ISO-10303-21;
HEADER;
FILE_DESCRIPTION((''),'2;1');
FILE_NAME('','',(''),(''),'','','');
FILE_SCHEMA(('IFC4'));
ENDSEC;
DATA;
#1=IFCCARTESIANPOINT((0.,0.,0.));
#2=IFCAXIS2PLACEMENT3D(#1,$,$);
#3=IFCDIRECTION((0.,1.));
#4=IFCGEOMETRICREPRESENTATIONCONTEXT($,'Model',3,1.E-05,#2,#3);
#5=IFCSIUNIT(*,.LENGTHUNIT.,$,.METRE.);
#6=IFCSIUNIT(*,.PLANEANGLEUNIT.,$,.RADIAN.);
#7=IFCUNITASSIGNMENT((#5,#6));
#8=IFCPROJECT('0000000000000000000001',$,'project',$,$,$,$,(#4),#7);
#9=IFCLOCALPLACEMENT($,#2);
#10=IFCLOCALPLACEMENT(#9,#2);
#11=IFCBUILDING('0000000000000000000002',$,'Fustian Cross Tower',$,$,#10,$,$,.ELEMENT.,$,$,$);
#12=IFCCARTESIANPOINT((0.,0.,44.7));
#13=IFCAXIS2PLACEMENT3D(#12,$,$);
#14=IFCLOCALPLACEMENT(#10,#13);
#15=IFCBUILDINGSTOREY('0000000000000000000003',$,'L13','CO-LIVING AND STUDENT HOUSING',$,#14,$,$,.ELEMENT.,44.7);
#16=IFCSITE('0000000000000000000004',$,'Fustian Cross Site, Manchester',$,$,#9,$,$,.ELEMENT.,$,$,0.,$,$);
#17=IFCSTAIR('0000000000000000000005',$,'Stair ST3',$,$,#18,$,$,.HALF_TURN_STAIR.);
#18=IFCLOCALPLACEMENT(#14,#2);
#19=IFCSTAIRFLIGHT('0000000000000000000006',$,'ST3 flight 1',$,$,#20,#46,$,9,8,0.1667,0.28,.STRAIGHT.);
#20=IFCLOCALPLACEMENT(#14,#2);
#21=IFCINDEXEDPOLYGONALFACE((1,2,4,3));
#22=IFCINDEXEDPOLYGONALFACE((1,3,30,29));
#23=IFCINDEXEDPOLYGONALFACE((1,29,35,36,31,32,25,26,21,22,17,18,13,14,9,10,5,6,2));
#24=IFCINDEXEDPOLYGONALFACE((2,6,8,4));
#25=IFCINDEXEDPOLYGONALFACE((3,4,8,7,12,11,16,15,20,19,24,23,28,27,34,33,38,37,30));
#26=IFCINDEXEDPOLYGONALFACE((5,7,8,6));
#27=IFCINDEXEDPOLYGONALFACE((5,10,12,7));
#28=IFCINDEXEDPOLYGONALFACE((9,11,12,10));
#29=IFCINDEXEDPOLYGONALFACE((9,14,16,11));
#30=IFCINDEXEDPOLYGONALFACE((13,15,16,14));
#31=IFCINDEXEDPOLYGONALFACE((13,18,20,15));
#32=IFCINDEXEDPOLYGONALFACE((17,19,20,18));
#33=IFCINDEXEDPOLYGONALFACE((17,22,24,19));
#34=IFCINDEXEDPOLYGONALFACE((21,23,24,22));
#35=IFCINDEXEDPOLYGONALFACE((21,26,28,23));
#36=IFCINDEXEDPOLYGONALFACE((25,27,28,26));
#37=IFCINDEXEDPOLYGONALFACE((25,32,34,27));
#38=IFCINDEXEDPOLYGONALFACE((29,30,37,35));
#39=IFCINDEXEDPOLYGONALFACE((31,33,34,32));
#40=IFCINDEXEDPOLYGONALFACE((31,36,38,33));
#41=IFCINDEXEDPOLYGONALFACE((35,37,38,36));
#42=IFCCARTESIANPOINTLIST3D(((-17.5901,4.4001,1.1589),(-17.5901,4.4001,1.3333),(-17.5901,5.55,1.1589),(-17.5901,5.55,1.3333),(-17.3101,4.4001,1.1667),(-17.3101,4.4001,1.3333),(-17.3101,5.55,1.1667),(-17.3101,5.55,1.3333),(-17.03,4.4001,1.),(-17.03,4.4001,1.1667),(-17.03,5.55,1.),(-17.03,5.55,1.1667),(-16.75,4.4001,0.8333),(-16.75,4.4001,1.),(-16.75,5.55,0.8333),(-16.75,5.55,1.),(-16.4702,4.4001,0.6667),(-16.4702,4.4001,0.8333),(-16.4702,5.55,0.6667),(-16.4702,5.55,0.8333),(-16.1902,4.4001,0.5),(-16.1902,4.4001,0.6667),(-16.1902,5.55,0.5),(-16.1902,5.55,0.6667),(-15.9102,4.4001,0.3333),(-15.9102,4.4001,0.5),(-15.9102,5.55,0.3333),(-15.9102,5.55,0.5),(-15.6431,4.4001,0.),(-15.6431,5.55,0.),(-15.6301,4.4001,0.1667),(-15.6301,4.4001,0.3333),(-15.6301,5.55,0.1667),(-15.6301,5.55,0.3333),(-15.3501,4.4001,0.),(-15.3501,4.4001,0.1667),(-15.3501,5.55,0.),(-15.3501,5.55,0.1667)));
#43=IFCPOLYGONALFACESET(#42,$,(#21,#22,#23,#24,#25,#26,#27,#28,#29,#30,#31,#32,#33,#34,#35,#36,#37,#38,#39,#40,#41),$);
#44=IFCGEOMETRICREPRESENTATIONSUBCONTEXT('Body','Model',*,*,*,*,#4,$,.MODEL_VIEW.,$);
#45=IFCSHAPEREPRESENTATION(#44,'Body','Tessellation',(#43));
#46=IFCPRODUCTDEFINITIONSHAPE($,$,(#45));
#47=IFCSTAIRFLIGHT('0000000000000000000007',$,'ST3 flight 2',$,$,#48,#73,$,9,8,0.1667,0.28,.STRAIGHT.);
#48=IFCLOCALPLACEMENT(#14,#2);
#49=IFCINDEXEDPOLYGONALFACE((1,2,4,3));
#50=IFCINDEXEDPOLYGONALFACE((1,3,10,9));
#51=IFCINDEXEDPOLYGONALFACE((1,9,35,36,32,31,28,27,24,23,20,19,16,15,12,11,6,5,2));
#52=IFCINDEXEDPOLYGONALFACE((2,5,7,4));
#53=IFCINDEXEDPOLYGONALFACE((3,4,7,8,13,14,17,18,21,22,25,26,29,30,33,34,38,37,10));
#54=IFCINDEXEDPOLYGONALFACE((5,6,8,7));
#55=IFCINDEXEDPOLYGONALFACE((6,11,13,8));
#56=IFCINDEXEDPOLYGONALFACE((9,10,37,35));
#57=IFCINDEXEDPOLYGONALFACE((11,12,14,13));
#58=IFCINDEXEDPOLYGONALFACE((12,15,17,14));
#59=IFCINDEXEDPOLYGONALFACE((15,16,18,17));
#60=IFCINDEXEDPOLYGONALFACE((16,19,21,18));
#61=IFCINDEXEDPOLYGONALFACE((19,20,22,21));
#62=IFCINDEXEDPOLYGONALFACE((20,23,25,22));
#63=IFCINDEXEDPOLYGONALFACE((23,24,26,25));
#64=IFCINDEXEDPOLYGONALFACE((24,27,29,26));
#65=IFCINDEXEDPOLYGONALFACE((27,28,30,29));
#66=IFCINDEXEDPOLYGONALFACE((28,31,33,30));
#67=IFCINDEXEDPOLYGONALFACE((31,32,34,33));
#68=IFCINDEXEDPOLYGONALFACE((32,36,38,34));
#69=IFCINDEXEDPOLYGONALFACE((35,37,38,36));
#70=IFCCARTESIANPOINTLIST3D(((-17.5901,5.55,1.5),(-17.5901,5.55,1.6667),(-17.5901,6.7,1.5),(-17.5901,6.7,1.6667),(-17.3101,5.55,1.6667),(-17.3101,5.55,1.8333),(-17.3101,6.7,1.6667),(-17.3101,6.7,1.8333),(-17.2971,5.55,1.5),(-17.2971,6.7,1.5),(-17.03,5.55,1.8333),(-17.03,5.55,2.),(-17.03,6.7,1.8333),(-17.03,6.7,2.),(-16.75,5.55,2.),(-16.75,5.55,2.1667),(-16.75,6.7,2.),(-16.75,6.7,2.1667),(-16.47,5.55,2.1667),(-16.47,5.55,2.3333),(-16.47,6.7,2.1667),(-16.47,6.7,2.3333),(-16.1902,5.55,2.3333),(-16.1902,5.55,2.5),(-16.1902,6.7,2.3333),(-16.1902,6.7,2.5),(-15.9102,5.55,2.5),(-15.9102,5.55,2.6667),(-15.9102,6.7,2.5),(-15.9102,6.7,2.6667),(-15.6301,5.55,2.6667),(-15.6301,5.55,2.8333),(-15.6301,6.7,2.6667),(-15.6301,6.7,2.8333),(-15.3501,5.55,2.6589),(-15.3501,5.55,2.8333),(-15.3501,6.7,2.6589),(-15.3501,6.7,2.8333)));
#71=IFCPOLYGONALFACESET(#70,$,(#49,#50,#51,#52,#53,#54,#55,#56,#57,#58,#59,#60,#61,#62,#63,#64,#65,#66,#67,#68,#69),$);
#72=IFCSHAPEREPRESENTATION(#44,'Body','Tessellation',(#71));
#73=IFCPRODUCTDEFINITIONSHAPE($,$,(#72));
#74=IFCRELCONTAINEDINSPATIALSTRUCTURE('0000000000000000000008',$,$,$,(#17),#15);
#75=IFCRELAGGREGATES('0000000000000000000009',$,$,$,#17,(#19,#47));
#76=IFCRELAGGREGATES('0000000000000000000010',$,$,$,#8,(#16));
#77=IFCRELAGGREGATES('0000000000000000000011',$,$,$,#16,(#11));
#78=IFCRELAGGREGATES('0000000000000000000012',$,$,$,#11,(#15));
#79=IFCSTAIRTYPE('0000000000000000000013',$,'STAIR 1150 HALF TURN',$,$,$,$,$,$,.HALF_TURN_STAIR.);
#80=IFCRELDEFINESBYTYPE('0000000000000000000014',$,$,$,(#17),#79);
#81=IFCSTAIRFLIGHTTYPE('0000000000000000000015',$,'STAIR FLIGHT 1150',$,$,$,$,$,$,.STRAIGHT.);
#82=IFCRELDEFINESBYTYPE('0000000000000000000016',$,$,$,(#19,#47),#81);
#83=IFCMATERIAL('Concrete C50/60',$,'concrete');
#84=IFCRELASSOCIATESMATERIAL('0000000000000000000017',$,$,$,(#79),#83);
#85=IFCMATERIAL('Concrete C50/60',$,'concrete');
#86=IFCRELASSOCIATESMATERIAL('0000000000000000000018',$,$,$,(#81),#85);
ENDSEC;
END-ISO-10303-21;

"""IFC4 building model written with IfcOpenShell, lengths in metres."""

from ifc_helpers import new_model, si_unit, direction, frame, origin, place, context, subcontext, project, spatial, polyline, outline, extrude, material, type_object, element, aggregate, save


model = new_model("IFC4")

# Units and contexts
model_context = context("Model", 3, precision=1e-05, world=origin(), true_north=direction((0.0, 1.0)))
body_context = subcontext(model_context, "Body", "Model", "MODEL_VIEW")
ifc_project = project(units=[si_unit("LENGTHUNIT", "METRE"), si_unit("PLANEANGLEUNIT", "RADIAN")], contexts=[model_context])

# Site, building, storey
site_placement = place(None, origin())
site = spatial("IfcSite", under=ifc_project, at=site_placement, Name="Fustian Cross Site, Manchester", CompositionType="ELEMENT", RefElevation=0.0)
building_placement = place(site_placement, origin())
building = spatial("IfcBuilding", under=site, at=building_placement, Name="Fustian Cross Tower", CompositionType="ELEMENT")
storey_placement = place(building_placement, frame((0.0, 0.0, 44.7)))
storey = spatial("IfcBuildingStorey", under=building, at=storey_placement, Name="L13", Description="CO-LIVING AND STUDENT HOUSING", CompositionType="ELEMENT", Elevation=44.7)

# Stair, stair flights
ifc_material_1 = material(Name="Concrete C50/60", Category="concrete")
stair_type = type_object("IfcStairType", Name="STAIR 1150 HALF TURN", PredefinedType="HALF_TURN_STAIR", material=ifc_material_1)
stair_placement = place(storey_placement, origin())
stair = element("IfcStair", 1, at=stair_placement, inside=storey, type_object=stair_type, Name="Stair ST3", PredefinedType="HALF_TURN_STAIR")
ifc_material_2 = material(Name="Concrete C50/60", Category="concrete")
stair_flight_type = type_object("IfcStairFlightType", Name="STAIR FLIGHT 1150", PredefinedType="STRAIGHT", material=ifc_material_2)
stair_flight_1_placement = place(storey_placement, frame((-15.3501, 4.9751, 0.0), z_axis=(0.0, 0.0, 1.0), x_axis=(-1.0, 0.0, 0.0)))
stair_flight_1 = element("IfcStairFlight", 2, at=stair_flight_1_placement, type_object=stair_flight_type, Name="ST3 flight 1", NumberOfRisers=9, NumberOfTreads=8, PredefinedType="STRAIGHT", RiserHeight=0.1667, TreadLength=0.28, context=body_context, shape_type="SweptSolid", body=[
    extrude(outline(polyline([(0.0, 0.0), (0.0, 0.1667), (0.28, 0.1667), (0.28, 0.3333), (0.5601, 0.3333), (0.5601, 0.5), (0.8401, 0.5), (0.8401, 0.6667), (1.1201, 0.6667), (1.1201, 0.8333), (1.3999, 0.8333), (1.3999, 1.0), (1.6799, 1.0), (1.6799, 1.1667), (1.96, 1.1667), (1.96, 1.3333), (2.24, 1.3333), (2.24, 1.5), (2.24, 1.1589), (0.293, 0.0), (0.0, 0.0)])), frame((0.0, 0.575, 0.0), z_axis=(0.0, -1.0, 0.0), x_axis=(1.0, 0.0, 0.0)), (0.0, 0.0, 1.0), 1.1499),
])
stair_flight_2_placement = place(storey_placement, frame((-17.5901, 6.125, 1.5), z_axis=(0.0, 0.0, 1.0), x_axis=(1.0, 0.0, 0.0)))
stair_flight_2 = element("IfcStairFlight", 3, at=stair_flight_2_placement, type_object=stair_flight_type, Name="ST3 flight 2", NumberOfRisers=9, NumberOfTreads=8, PredefinedType="STRAIGHT", RiserHeight=0.1667, TreadLength=0.28, context=body_context, shape_type="SweptSolid", body=[
    extrude(outline(polyline([(0.0, 0.0), (0.0, 0.1667), (0.28, 0.1667), (0.28, 0.3333), (0.5601, 0.3333), (0.5601, 0.5), (0.8401, 0.5), (0.8401, 0.6667), (1.1201, 0.6667), (1.1201, 0.8333), (1.3999, 0.8333), (1.3999, 1.0), (1.6799, 1.0), (1.6799, 1.1667), (1.96, 1.1667), (1.96, 1.3333), (2.24, 1.3333), (2.24, 1.5), (2.24, 1.1589), (0.293, 0.0), (0.0, 0.0)])), frame((0.0, 0.575, 0.0), z_axis=(0.0, -1.0, 0.0), x_axis=(1.0, 0.0, 0.0)), (0.0, 0.0, 1.0), 1.1499),
])
aggregate(stair, [stair_flight_1, stair_flight_2])

save(model, "model.ifc")
